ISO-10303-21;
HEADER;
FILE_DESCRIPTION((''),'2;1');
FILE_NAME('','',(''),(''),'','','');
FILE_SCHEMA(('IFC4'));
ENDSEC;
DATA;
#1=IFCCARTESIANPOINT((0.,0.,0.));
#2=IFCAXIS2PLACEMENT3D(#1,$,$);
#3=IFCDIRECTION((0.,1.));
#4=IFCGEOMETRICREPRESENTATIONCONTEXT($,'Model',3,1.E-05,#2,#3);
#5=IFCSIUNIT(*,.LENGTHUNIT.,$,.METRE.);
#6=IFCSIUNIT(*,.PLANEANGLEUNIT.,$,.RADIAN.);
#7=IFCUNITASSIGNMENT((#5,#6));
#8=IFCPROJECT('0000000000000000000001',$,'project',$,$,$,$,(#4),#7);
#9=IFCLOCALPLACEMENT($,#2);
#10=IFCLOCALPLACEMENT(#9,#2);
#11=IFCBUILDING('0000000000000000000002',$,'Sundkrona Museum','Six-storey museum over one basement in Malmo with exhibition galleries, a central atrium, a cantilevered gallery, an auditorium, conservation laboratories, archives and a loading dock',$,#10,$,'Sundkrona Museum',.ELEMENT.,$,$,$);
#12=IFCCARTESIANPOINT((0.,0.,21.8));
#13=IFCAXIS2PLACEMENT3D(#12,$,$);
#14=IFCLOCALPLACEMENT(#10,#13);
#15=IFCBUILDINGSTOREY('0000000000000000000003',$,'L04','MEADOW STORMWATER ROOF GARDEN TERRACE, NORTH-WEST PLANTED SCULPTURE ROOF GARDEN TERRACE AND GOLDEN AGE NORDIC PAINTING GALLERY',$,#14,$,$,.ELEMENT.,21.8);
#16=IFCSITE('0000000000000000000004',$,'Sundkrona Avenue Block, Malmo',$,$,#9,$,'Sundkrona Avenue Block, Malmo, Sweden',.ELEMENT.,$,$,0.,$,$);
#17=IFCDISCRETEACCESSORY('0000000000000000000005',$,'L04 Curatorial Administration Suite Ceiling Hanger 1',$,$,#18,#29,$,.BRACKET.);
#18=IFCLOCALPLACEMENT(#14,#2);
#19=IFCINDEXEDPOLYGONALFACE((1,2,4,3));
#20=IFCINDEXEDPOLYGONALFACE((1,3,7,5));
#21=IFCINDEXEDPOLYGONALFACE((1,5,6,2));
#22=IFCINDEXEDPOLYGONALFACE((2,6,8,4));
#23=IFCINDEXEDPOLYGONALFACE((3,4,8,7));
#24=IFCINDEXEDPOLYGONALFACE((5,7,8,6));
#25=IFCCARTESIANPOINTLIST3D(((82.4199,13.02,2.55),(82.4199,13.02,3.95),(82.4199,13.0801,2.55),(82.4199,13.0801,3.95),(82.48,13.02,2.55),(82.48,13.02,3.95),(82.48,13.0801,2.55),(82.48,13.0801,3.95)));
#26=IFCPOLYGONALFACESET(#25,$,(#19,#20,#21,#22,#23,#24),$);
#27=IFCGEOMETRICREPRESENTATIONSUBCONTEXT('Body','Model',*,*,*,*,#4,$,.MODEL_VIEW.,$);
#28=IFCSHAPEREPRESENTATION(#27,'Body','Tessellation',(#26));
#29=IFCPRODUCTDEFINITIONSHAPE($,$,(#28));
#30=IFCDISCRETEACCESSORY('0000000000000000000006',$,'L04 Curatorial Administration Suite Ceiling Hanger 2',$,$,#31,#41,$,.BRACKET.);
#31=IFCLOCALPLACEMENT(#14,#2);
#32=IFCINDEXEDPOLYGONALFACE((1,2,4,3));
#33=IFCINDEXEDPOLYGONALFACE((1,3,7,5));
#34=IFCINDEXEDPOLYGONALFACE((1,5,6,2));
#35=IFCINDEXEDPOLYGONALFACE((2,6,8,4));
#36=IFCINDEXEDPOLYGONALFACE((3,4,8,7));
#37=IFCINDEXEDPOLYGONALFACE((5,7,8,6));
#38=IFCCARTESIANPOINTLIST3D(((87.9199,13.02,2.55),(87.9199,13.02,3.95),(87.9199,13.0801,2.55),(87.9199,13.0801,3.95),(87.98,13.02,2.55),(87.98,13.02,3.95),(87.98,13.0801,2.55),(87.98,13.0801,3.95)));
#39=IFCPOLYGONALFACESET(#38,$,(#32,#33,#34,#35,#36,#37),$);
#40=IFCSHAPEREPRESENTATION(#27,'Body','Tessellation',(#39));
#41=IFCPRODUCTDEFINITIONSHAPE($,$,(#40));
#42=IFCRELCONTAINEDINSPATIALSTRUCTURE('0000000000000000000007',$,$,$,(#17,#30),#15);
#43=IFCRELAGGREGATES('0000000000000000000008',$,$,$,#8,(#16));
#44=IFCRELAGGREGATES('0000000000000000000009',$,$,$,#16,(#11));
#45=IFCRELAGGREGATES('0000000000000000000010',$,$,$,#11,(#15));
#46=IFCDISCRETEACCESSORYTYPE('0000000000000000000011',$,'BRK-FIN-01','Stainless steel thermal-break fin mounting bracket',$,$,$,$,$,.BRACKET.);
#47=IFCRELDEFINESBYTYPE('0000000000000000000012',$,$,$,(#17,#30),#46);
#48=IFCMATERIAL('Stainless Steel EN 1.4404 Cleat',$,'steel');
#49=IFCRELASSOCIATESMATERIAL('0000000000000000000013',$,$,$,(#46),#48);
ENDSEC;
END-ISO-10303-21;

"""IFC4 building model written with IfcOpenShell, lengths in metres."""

from ifc_helpers import new_model, si_unit, direction, frame, origin, origin_2d, place, context, subcontext, project, spatial, rectangle, extrude, material, type_object, element, save


model = new_model("IFC4")

# Units and contexts
model_context = context("Model", 3, precision=1e-05, world=origin(), true_north=direction((0.0, 1.0)))
body_context = subcontext(model_context, "Body", "Model", "MODEL_VIEW")
ifc_project = project(units=[si_unit("LENGTHUNIT", "METRE"), si_unit("PLANEANGLEUNIT", "RADIAN")], contexts=[model_context])

# Site, building, storey
site_placement = place(None, origin())
site = spatial("IfcSite", under=ifc_project, at=site_placement, Name="Sundkrona Avenue Block, Malmo", LongName="Sundkrona Avenue Block, Malmo, Sweden", CompositionType="ELEMENT", RefElevation=0.0)
building_placement = place(site_placement, origin())
building = spatial("IfcBuilding", under=site, at=building_placement, Name="Sundkrona Museum", Description="Six-storey museum over one basement in Malmo with exhibition galleries, a central atrium, a cantilevered gallery, an auditorium, conservation laboratories, archives and a loading dock", LongName="Sundkrona Museum", CompositionType="ELEMENT")
storey_placement = place(building_placement, frame((0.0, 0.0, 21.8)))
storey = spatial("IfcBuildingStorey", under=building, at=storey_placement, Name="L04", Description="MEADOW STORMWATER ROOF GARDEN TERRACE, NORTH-WEST PLANTED SCULPTURE ROOF GARDEN TERRACE AND GOLDEN AGE NORDIC PAINTING GALLERY", CompositionType="ELEMENT", Elevation=21.8)

# Discrete accessories
ifc_material_1 = material(Name="Stainless Steel EN 1.4404 Cleat", Category="steel")
discrete_accessory_type = type_object("IfcDiscreteAccessoryType", Name="BRK-FIN-01", Description="Stainless steel thermal-break fin mounting bracket", PredefinedType="BRACKET", material=ifc_material_1)
for number, where, z_axis, x_axis, name in (
    (1, (82.45, 13.05, 2.55), (0.0, 0.0, 1.0), (1.0, 0.0, 0.0), "L04 Curatorial Administration Suite Ceiling Hanger 1"),
    (2, (87.95, 13.05, 2.55), (0.0, 0.0, 1.0), (1.0, 0.0, 0.0), "L04 Curatorial Administration Suite Ceiling Hanger 2"),
):
    element("IfcDiscreteAccessory", number, at=place(storey_placement, frame(where, z_axis=z_axis, x_axis=x_axis)), inside=storey, type_object=discrete_accessory_type, Name=name, PredefinedType="BRACKET", context=body_context, shape_type="SweptSolid", body=[
        extrude(rectangle(XDim=0.0601, YDim=0.0601, at=origin_2d()), origin(), (0.0, 0.0, 1.0), 1.3999),
    ])

save(model, "model.ifc")
